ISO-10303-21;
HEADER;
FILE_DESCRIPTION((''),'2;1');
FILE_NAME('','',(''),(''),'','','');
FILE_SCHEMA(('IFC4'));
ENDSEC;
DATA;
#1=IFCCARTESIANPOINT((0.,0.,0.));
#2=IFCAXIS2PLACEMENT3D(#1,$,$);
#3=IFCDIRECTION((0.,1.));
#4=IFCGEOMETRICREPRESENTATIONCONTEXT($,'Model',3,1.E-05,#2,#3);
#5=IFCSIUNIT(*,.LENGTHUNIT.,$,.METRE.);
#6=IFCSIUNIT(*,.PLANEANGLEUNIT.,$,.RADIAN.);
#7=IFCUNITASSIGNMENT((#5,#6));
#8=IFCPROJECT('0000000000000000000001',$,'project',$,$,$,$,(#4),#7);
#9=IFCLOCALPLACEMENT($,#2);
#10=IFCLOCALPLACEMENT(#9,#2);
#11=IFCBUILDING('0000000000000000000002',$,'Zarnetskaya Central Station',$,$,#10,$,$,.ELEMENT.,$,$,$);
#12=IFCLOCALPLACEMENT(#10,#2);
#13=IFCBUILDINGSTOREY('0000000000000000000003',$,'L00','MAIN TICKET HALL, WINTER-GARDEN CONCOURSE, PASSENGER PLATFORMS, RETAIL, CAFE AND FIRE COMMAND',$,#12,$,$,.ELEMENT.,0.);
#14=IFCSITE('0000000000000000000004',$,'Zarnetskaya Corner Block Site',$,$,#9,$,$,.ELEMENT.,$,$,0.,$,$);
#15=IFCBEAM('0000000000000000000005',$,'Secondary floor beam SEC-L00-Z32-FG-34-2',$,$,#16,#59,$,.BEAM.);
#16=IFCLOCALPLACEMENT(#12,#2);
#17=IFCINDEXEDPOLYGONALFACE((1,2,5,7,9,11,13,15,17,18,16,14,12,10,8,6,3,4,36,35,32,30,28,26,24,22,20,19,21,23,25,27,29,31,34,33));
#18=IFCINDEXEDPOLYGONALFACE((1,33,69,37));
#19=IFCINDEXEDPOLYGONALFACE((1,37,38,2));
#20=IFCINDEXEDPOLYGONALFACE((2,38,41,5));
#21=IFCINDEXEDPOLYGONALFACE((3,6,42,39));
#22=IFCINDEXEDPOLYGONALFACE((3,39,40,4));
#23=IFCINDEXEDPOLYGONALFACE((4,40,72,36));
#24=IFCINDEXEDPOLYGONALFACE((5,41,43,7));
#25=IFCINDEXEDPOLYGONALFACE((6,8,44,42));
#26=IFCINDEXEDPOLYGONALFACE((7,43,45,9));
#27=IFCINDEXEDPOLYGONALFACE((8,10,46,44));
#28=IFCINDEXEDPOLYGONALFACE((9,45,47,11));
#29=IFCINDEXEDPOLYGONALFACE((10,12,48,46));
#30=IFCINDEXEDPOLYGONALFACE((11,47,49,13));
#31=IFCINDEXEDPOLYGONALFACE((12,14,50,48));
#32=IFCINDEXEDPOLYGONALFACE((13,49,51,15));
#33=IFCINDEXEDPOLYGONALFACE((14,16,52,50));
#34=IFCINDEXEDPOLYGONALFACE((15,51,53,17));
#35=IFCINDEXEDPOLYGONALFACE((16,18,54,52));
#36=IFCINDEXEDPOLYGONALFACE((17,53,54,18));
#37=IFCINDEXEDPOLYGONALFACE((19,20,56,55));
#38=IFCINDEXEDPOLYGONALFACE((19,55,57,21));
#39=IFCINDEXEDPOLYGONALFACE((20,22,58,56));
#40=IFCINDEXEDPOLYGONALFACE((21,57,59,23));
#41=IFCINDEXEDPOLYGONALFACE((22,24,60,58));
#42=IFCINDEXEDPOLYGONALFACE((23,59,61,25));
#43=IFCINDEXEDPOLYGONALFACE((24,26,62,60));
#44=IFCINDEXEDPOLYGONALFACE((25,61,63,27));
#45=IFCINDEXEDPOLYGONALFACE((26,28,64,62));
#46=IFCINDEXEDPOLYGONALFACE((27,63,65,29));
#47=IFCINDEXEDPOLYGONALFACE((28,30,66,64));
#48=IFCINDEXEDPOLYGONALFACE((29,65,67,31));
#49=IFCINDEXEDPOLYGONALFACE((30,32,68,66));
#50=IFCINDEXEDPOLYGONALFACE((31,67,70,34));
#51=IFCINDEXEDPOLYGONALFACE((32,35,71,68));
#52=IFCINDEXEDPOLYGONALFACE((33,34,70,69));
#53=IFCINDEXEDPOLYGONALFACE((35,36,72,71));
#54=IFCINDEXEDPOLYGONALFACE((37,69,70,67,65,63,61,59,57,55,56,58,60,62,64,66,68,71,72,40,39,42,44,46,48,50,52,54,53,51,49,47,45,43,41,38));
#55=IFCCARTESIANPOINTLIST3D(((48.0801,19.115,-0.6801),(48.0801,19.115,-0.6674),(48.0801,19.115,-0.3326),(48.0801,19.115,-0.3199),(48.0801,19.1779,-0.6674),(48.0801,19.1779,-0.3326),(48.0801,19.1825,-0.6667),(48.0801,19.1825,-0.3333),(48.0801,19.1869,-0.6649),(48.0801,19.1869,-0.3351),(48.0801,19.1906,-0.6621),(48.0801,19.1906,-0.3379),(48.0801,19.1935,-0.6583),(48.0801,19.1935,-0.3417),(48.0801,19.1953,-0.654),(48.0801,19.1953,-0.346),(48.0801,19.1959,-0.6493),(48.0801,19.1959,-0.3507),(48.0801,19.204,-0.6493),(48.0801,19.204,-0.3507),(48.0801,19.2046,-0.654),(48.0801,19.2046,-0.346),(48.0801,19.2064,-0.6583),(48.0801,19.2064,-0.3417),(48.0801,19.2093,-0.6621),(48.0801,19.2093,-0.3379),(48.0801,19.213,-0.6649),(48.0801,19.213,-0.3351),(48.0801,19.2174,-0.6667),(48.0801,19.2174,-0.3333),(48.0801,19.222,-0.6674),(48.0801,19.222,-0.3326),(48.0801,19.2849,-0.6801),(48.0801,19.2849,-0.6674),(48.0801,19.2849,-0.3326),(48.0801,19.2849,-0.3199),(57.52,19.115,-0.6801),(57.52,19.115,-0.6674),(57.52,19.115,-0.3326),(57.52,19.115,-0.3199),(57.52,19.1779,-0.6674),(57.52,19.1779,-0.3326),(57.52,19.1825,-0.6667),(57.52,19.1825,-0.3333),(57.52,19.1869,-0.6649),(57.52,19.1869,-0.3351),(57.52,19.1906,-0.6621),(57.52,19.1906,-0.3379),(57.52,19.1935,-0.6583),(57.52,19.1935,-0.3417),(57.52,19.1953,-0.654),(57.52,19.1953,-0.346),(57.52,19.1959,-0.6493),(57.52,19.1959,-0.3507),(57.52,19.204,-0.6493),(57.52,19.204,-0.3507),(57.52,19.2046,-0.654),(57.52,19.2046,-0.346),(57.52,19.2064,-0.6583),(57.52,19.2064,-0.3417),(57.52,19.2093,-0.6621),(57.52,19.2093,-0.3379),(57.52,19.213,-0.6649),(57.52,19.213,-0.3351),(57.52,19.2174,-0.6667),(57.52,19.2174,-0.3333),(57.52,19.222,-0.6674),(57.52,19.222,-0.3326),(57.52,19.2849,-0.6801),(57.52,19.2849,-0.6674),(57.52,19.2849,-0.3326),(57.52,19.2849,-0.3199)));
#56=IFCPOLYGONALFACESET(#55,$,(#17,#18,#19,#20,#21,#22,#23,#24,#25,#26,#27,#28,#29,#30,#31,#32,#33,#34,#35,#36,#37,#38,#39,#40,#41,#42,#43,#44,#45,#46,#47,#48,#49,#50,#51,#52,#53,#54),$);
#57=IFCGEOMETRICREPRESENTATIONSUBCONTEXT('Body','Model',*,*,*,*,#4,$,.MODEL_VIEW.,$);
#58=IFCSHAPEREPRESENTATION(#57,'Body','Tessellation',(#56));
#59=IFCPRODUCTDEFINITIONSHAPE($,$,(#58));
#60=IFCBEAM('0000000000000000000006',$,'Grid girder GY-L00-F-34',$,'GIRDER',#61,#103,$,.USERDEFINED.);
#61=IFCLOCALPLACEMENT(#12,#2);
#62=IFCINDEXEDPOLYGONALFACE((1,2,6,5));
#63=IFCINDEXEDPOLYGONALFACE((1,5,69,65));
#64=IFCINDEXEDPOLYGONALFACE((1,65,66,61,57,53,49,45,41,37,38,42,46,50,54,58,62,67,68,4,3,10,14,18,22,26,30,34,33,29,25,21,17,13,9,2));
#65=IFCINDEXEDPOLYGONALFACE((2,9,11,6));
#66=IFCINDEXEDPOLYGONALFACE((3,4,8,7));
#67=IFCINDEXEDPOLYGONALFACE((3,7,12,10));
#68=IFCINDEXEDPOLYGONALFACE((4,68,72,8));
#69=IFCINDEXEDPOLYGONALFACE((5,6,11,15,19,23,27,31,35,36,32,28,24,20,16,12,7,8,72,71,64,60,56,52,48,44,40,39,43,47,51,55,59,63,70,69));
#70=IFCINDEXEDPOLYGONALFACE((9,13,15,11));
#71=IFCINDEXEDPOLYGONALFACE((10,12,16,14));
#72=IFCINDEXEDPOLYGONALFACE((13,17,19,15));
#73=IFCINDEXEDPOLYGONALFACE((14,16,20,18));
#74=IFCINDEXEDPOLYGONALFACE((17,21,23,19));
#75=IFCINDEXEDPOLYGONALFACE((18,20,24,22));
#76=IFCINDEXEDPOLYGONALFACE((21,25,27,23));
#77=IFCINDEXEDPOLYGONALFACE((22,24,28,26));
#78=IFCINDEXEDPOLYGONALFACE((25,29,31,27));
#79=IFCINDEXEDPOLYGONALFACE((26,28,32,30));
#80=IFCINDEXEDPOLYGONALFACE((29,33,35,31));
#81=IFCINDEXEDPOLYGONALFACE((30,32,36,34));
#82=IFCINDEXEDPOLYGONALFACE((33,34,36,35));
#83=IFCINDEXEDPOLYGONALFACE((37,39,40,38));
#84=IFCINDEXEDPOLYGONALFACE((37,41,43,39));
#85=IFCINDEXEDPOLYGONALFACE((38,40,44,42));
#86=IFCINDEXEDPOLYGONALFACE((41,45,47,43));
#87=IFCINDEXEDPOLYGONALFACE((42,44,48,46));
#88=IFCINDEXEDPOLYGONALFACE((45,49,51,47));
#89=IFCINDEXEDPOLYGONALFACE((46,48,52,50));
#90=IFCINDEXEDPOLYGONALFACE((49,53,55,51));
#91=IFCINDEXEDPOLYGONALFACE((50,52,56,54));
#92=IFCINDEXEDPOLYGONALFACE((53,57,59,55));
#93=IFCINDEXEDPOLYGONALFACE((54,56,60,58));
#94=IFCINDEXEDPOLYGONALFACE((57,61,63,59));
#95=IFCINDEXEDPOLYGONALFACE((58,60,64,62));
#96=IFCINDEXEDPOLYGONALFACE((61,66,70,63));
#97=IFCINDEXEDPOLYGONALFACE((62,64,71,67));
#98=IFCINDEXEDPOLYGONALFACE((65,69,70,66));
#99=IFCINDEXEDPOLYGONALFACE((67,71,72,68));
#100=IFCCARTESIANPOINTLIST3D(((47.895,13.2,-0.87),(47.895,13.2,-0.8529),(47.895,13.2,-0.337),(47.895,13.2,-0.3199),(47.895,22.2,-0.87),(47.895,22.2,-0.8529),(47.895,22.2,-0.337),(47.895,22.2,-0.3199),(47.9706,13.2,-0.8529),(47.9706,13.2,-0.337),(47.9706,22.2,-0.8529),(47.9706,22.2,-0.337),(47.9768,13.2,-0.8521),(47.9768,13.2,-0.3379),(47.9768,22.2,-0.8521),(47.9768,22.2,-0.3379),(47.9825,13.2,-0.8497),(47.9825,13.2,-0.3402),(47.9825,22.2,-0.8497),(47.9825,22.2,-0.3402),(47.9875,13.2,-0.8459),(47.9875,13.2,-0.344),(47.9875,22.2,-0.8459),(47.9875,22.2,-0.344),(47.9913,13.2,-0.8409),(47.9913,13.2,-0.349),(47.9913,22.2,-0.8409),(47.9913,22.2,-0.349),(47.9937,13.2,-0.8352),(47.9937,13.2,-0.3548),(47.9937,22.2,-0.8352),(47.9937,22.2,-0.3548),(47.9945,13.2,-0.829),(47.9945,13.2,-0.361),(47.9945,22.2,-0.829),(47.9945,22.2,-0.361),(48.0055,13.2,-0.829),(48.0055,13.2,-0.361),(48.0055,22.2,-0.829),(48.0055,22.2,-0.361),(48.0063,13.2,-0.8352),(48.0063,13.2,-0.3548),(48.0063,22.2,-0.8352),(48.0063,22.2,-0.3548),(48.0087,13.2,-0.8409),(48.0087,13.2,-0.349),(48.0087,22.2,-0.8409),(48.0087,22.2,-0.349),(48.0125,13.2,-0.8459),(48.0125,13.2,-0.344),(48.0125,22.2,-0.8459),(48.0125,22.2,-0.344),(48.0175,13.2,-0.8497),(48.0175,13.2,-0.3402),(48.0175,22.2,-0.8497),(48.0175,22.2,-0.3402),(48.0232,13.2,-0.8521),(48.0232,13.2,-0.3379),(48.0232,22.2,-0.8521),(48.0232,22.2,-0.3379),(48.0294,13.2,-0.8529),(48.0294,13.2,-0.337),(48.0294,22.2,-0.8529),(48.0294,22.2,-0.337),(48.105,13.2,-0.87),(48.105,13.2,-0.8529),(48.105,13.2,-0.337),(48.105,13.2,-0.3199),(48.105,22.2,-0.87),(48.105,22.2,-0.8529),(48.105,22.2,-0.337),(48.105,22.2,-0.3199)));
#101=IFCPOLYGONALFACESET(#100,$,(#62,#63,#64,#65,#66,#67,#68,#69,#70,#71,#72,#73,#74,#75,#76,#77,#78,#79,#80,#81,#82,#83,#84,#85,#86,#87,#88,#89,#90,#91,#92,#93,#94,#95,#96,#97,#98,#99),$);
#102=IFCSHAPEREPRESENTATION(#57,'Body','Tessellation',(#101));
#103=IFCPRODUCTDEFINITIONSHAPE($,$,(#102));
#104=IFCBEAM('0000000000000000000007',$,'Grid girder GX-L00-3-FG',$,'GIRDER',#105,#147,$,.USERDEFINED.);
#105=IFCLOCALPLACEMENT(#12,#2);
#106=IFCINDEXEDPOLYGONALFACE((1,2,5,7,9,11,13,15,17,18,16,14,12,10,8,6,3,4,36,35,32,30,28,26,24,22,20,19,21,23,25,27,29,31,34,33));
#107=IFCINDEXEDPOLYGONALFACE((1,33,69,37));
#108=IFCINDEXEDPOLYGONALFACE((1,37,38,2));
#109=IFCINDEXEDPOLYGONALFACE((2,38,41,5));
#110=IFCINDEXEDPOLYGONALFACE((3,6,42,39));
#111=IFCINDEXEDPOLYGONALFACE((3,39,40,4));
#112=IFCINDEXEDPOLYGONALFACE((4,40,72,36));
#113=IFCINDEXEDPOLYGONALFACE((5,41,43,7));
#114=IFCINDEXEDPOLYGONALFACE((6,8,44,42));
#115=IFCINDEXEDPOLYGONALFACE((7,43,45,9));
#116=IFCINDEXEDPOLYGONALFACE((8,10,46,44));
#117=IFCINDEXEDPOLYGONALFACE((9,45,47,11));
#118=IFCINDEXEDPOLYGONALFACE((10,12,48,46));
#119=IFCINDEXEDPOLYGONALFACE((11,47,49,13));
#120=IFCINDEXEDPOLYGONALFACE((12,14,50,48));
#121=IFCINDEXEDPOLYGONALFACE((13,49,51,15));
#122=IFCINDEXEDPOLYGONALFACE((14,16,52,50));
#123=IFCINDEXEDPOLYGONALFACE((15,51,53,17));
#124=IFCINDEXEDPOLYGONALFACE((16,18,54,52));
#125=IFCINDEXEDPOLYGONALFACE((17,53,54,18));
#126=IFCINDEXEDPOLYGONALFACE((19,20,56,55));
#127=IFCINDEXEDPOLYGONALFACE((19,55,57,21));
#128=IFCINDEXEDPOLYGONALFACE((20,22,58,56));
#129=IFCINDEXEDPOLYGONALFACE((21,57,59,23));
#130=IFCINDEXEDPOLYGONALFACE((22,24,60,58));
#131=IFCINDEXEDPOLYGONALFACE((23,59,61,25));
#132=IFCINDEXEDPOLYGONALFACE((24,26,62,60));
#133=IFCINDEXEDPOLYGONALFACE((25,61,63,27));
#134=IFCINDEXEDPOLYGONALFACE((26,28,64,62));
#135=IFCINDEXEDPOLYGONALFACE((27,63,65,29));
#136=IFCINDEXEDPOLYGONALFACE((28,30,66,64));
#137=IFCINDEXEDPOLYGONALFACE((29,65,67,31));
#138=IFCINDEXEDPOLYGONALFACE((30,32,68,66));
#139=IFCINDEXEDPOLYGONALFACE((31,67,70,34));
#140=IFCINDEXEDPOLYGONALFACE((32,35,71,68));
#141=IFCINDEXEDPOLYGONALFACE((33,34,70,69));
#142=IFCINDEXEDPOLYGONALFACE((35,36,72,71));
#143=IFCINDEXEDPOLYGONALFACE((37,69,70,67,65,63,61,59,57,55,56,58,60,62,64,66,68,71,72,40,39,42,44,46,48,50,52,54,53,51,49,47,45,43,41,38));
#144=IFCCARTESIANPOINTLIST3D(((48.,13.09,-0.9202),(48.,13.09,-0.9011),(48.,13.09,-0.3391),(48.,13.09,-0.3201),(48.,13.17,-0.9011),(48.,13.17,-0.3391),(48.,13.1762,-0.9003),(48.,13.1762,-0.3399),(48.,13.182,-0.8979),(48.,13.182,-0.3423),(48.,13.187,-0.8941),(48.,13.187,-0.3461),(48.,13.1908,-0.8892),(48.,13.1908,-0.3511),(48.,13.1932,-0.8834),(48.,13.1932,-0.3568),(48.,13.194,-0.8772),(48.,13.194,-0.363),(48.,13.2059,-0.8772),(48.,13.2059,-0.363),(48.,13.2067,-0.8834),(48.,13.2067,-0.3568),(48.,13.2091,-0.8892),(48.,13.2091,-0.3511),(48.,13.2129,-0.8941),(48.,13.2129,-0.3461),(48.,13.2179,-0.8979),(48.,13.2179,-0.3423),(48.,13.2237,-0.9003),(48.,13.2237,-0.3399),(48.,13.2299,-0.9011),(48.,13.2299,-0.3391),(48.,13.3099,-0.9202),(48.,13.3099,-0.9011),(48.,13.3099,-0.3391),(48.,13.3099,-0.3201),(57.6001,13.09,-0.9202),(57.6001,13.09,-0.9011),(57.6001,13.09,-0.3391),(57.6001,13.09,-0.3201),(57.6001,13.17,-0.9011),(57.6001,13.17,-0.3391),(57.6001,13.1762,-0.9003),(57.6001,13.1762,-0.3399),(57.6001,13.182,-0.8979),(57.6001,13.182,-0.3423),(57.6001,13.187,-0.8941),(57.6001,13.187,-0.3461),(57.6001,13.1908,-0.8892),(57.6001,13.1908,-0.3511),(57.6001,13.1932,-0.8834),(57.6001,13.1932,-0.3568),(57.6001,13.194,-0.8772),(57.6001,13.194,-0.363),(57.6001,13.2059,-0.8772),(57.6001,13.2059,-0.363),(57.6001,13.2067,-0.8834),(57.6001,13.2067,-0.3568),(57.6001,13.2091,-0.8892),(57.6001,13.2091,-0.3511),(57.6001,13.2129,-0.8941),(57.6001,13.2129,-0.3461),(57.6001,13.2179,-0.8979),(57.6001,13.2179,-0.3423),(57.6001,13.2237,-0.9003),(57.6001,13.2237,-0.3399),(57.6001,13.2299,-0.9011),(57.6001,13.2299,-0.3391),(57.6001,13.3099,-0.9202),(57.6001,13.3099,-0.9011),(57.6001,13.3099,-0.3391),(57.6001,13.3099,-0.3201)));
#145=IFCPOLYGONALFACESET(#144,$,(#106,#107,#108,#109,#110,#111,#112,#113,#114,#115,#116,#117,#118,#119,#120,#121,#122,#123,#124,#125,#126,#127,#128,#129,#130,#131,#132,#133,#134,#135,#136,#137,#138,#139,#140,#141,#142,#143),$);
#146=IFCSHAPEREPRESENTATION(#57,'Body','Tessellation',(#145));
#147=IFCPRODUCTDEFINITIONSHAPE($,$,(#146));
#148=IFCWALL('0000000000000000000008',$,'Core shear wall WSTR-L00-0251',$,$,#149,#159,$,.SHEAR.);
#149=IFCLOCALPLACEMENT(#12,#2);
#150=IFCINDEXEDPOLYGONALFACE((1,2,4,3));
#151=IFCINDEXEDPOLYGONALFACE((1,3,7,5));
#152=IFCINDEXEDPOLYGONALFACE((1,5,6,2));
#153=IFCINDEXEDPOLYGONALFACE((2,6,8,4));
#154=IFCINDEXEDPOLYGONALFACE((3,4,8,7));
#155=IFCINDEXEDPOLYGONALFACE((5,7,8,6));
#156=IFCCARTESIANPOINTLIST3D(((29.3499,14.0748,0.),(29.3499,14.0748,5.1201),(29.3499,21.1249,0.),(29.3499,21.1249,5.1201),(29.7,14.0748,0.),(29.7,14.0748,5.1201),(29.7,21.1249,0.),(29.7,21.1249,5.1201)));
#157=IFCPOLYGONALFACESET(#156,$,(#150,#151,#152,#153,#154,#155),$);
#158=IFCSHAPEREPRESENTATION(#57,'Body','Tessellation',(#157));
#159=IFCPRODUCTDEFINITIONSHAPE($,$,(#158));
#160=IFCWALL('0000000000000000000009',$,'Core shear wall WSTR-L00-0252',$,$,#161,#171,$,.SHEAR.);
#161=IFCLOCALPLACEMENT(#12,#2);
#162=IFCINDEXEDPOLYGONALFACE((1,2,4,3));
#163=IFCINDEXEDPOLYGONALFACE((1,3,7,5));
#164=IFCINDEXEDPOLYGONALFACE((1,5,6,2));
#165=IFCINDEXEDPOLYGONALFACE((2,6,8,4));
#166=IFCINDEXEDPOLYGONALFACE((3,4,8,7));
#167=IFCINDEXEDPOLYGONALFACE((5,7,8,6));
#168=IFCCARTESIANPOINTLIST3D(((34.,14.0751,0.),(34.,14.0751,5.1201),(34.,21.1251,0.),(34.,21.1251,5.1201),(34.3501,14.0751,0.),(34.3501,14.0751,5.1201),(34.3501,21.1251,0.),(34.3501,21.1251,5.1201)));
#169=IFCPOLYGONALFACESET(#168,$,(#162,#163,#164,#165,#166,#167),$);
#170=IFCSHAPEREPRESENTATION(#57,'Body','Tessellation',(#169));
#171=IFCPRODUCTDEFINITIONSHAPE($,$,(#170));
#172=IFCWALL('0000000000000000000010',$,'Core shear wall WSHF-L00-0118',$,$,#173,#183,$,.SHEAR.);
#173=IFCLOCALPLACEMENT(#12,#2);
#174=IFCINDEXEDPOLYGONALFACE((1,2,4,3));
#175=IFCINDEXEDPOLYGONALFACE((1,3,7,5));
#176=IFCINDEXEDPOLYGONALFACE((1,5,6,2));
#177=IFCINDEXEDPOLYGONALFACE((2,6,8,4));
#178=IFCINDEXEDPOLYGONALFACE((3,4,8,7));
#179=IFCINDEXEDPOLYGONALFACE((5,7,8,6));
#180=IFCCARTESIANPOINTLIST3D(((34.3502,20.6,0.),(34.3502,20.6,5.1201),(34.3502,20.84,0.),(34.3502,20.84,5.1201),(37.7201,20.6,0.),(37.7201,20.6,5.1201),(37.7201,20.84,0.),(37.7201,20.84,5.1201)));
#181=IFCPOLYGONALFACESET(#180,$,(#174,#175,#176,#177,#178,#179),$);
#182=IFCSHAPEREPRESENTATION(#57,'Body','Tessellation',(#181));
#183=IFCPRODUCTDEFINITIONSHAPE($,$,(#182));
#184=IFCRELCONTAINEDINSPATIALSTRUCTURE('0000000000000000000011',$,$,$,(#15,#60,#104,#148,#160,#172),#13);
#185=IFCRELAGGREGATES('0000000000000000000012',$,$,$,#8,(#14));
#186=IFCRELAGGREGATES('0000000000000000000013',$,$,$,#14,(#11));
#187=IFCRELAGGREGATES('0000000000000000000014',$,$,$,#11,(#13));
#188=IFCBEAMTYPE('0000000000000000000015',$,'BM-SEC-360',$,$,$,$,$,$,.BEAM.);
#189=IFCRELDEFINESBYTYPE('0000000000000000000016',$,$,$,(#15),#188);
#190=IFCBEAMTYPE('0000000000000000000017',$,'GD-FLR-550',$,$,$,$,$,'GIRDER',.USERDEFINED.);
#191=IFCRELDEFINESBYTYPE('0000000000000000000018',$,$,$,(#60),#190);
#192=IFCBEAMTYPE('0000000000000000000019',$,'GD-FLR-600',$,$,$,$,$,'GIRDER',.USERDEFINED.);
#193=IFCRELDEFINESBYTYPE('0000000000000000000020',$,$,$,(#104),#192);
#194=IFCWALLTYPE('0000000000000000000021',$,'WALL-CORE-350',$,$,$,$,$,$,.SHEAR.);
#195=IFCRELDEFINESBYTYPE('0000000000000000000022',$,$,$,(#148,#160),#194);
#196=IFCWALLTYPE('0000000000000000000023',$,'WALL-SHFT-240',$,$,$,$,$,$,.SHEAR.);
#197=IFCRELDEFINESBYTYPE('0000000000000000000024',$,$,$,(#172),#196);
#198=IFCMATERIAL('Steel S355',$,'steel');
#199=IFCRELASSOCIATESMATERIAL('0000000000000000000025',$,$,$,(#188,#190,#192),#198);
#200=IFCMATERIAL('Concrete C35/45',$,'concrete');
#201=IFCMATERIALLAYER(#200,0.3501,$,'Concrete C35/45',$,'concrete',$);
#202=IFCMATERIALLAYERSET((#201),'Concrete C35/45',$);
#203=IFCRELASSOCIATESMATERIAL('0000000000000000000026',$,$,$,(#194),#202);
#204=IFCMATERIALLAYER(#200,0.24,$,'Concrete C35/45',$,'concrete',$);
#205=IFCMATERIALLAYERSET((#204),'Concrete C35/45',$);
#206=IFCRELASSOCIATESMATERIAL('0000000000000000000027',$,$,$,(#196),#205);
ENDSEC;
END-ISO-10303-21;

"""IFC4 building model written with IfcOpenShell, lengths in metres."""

from ifc_helpers import new_model, si_unit, direction, frame, frame_2d, origin, origin_2d, place, context, subcontext, project, spatial, rectangle, i_section, extrude, material, layer, layer_set, material_profile, profile_set, type_object, element, save


model = new_model("IFC4")

# Units and contexts
model_context = context("Model", 3, precision=1e-05, world=origin(), true_north=direction((0.0, 1.0)))
body_context = subcontext(model_context, "Body", "Model", "MODEL_VIEW")
ifc_project = project(units=[si_unit("LENGTHUNIT", "METRE"), si_unit("PLANEANGLEUNIT", "RADIAN")], contexts=[model_context])

# Site, building, storey
site_placement = place(None, origin())
site = spatial("IfcSite", under=ifc_project, at=site_placement, Name="Zarnetskaya Corner Block Site", CompositionType="ELEMENT", RefElevation=0.0)
building_placement = place(site_placement, origin())
building = spatial("IfcBuilding", under=site, at=building_placement, Name="Zarnetskaya Central Station", CompositionType="ELEMENT")
storey_placement = place(building_placement, origin())
storey = spatial("IfcBuildingStorey", under=building, at=storey_placement, Name="L00", Description="MAIN TICKET HALL, WINTER-GARDEN CONCOURSE, PASSENGER PLATFORMS, RETAIL, CAFE AND FIRE COMMAND", CompositionType="ELEMENT", Elevation=0.0)

# Shared definitions
ifc_material_1 = material(Name="Steel S355", Category="steel")

# Beams
ifc_material_profile_1 = material_profile(ifc_material_1, i_section(OverallWidth=0.1699, OverallDepth=0.3601, WebThickness=0.0081, FlangeThickness=0.0127, FilletRadius=0.0181, at=origin_2d()), Name="IPE 360")
ifc_profile_set_1 = profile_set([ifc_material_profile_1], Name="Steel S355")
beam_type_1 = type_object("IfcBeamType", Name="BM-SEC-360", PredefinedType="BEAM", material=ifc_profile_set_1)
for number, where, z_axis, x_axis, name in (
    (1, (48.0801, 19.2, -0.5), (1.0, 0.0, 0.0), (0.0, 1.0, 0.0), "Secondary floor beam SEC-L00-Z32-FG-34-2"),
):
    element("IfcBeam", number, at=place(storey_placement, frame(where, z_axis=z_axis, x_axis=x_axis)), inside=storey, type_object=beam_type_1, Name=name, PredefinedType="BEAM", context=body_context, shape_type="SweptSolid", body=[
        extrude(i_section(OverallWidth=0.1699, OverallDepth=0.3601, WebThickness=0.0081, FlangeThickness=0.0127, FilletRadius=0.0181, at=origin_2d()), origin(), (0.0, 0.0, 1.0), 9.4399),
    ])
ifc_material_profile_2 = material_profile(ifc_material_1, i_section(OverallWidth=0.21, OverallDepth=0.55, WebThickness=0.011, FlangeThickness=0.0171, FilletRadius=0.0239, at=origin_2d()), Name="IPE 550")
ifc_profile_set_2 = profile_set([ifc_material_profile_2], Name="Steel S355")
beam_type_2 = type_object("IfcBeamType", Name="GD-FLR-550", ElementType="GIRDER", PredefinedType="USERDEFINED", material=ifc_profile_set_2)
beam_1_placement = place(storey_placement, frame((48.0, 13.2, -0.595), z_axis=(0.0, 1.0, 0.0), x_axis=(-1.0, 0.0, 0.0)))
element("IfcBeam", 2, at=beam_1_placement, inside=storey, type_object=beam_type_2, Name="Grid girder GY-L00-F-34", ObjectType="GIRDER", PredefinedType="USERDEFINED", context=body_context, shape_type="SweptSolid", body=[
    extrude(i_section(OverallWidth=0.21, OverallDepth=0.55, WebThickness=0.011, FlangeThickness=0.0171, FilletRadius=0.0239, at=origin_2d()), origin(), (0.0, 0.0, 1.0), 9.0),
])
ifc_material_profile_3 = material_profile(ifc_material_1, i_section(OverallWidth=0.22, OverallDepth=0.6001, WebThickness=0.012, FlangeThickness=0.019, FilletRadius=0.0239, at=origin_2d()), Name="IPE 600")
ifc_profile_set_3 = profile_set([ifc_material_profile_3], Name="Steel S355")
beam_type_3 = type_object("IfcBeamType", Name="GD-FLR-600", ElementType="GIRDER", PredefinedType="USERDEFINED", material=ifc_profile_set_3)
beam_2_placement = place(storey_placement, frame((48.0, 13.2, -0.6201), z_axis=(1.0, 0.0, 0.0), x_axis=(0.0, 1.0, 0.0)))
element("IfcBeam", 3, at=beam_2_placement, inside=storey, type_object=beam_type_3, Name="Grid girder GX-L00-3-FG", ObjectType="GIRDER", PredefinedType="USERDEFINED", context=body_context, shape_type="SweptSolid", body=[
    extrude(i_section(OverallWidth=0.22, OverallDepth=0.6001, WebThickness=0.012, FlangeThickness=0.019, FilletRadius=0.0239, at=origin_2d()), origin(), (0.0, 0.0, 1.0), 9.6001),
])

# Shared definitions
ifc_material_2 = material(Name="Concrete C35/45", Category="concrete")
ifc_layer_1 = layer(ifc_material_2, 0.3501, Name="Concrete C35/45", Category="concrete")
ifc_layer_set_1 = layer_set([ifc_layer_1], Name="Concrete C35/45")
wall_type_1 = type_object("IfcWallType", Name="WALL-CORE-350", PredefinedType="SHEAR", material=ifc_layer_set_1)

# Walls
for number, where, z_axis, x_axis, name in (
    (4, (29.5249, 14.075, 0.0), (0.0, 0.0, 1.0), (0.0, 1.0, 0.0), "Core shear wall WSTR-L00-0251"),
    (5, (34.175, 21.125, 0.0), (0.0, 0.0, 1.0), (0.0, -1.0, 0.0), "Core shear wall WSTR-L00-0252"),
):
    element("IfcWall", number, at=place(storey_placement, frame(where, z_axis=z_axis, x_axis=x_axis)), inside=storey, type_object=wall_type_1, Name=name, PredefinedType="SHEAR", context=body_context, shape_type="SweptSolid", body=[
        extrude(rectangle(XDim=7.05, YDim=0.3501, at=frame_2d((3.5249, 0.0))), origin(), (0.0, 0.0, 1.0), 5.1201),
    ])

# Shared definitions
ifc_layer_2 = layer(ifc_material_2, 0.24, Name="Concrete C35/45", Category="concrete")
ifc_layer_set_2 = layer_set([ifc_layer_2], Name="Concrete C35/45")
wall_type_2 = type_object("IfcWallType", Name="WALL-SHFT-240", PredefinedType="SHEAR", material=ifc_layer_set_2)

# Wall
wall_1_placement = place(storey_placement, frame((34.3501, 20.72, 0.0), z_axis=(0.0, 0.0, 1.0), x_axis=(1.0, 0.0, 0.0)))
element("IfcWall", 6, at=wall_1_placement, inside=storey, type_object=wall_type_2, Name="Core shear wall WSHF-L00-0118", PredefinedType="SHEAR", context=body_context, shape_type="SweptSolid", body=[
    extrude(rectangle(XDim=3.3699, YDim=0.24, at=frame_2d((1.6851, 0.0))), origin(), (0.0, 0.0, 1.0), 5.1201),
])

save(model, "model.ifc")
